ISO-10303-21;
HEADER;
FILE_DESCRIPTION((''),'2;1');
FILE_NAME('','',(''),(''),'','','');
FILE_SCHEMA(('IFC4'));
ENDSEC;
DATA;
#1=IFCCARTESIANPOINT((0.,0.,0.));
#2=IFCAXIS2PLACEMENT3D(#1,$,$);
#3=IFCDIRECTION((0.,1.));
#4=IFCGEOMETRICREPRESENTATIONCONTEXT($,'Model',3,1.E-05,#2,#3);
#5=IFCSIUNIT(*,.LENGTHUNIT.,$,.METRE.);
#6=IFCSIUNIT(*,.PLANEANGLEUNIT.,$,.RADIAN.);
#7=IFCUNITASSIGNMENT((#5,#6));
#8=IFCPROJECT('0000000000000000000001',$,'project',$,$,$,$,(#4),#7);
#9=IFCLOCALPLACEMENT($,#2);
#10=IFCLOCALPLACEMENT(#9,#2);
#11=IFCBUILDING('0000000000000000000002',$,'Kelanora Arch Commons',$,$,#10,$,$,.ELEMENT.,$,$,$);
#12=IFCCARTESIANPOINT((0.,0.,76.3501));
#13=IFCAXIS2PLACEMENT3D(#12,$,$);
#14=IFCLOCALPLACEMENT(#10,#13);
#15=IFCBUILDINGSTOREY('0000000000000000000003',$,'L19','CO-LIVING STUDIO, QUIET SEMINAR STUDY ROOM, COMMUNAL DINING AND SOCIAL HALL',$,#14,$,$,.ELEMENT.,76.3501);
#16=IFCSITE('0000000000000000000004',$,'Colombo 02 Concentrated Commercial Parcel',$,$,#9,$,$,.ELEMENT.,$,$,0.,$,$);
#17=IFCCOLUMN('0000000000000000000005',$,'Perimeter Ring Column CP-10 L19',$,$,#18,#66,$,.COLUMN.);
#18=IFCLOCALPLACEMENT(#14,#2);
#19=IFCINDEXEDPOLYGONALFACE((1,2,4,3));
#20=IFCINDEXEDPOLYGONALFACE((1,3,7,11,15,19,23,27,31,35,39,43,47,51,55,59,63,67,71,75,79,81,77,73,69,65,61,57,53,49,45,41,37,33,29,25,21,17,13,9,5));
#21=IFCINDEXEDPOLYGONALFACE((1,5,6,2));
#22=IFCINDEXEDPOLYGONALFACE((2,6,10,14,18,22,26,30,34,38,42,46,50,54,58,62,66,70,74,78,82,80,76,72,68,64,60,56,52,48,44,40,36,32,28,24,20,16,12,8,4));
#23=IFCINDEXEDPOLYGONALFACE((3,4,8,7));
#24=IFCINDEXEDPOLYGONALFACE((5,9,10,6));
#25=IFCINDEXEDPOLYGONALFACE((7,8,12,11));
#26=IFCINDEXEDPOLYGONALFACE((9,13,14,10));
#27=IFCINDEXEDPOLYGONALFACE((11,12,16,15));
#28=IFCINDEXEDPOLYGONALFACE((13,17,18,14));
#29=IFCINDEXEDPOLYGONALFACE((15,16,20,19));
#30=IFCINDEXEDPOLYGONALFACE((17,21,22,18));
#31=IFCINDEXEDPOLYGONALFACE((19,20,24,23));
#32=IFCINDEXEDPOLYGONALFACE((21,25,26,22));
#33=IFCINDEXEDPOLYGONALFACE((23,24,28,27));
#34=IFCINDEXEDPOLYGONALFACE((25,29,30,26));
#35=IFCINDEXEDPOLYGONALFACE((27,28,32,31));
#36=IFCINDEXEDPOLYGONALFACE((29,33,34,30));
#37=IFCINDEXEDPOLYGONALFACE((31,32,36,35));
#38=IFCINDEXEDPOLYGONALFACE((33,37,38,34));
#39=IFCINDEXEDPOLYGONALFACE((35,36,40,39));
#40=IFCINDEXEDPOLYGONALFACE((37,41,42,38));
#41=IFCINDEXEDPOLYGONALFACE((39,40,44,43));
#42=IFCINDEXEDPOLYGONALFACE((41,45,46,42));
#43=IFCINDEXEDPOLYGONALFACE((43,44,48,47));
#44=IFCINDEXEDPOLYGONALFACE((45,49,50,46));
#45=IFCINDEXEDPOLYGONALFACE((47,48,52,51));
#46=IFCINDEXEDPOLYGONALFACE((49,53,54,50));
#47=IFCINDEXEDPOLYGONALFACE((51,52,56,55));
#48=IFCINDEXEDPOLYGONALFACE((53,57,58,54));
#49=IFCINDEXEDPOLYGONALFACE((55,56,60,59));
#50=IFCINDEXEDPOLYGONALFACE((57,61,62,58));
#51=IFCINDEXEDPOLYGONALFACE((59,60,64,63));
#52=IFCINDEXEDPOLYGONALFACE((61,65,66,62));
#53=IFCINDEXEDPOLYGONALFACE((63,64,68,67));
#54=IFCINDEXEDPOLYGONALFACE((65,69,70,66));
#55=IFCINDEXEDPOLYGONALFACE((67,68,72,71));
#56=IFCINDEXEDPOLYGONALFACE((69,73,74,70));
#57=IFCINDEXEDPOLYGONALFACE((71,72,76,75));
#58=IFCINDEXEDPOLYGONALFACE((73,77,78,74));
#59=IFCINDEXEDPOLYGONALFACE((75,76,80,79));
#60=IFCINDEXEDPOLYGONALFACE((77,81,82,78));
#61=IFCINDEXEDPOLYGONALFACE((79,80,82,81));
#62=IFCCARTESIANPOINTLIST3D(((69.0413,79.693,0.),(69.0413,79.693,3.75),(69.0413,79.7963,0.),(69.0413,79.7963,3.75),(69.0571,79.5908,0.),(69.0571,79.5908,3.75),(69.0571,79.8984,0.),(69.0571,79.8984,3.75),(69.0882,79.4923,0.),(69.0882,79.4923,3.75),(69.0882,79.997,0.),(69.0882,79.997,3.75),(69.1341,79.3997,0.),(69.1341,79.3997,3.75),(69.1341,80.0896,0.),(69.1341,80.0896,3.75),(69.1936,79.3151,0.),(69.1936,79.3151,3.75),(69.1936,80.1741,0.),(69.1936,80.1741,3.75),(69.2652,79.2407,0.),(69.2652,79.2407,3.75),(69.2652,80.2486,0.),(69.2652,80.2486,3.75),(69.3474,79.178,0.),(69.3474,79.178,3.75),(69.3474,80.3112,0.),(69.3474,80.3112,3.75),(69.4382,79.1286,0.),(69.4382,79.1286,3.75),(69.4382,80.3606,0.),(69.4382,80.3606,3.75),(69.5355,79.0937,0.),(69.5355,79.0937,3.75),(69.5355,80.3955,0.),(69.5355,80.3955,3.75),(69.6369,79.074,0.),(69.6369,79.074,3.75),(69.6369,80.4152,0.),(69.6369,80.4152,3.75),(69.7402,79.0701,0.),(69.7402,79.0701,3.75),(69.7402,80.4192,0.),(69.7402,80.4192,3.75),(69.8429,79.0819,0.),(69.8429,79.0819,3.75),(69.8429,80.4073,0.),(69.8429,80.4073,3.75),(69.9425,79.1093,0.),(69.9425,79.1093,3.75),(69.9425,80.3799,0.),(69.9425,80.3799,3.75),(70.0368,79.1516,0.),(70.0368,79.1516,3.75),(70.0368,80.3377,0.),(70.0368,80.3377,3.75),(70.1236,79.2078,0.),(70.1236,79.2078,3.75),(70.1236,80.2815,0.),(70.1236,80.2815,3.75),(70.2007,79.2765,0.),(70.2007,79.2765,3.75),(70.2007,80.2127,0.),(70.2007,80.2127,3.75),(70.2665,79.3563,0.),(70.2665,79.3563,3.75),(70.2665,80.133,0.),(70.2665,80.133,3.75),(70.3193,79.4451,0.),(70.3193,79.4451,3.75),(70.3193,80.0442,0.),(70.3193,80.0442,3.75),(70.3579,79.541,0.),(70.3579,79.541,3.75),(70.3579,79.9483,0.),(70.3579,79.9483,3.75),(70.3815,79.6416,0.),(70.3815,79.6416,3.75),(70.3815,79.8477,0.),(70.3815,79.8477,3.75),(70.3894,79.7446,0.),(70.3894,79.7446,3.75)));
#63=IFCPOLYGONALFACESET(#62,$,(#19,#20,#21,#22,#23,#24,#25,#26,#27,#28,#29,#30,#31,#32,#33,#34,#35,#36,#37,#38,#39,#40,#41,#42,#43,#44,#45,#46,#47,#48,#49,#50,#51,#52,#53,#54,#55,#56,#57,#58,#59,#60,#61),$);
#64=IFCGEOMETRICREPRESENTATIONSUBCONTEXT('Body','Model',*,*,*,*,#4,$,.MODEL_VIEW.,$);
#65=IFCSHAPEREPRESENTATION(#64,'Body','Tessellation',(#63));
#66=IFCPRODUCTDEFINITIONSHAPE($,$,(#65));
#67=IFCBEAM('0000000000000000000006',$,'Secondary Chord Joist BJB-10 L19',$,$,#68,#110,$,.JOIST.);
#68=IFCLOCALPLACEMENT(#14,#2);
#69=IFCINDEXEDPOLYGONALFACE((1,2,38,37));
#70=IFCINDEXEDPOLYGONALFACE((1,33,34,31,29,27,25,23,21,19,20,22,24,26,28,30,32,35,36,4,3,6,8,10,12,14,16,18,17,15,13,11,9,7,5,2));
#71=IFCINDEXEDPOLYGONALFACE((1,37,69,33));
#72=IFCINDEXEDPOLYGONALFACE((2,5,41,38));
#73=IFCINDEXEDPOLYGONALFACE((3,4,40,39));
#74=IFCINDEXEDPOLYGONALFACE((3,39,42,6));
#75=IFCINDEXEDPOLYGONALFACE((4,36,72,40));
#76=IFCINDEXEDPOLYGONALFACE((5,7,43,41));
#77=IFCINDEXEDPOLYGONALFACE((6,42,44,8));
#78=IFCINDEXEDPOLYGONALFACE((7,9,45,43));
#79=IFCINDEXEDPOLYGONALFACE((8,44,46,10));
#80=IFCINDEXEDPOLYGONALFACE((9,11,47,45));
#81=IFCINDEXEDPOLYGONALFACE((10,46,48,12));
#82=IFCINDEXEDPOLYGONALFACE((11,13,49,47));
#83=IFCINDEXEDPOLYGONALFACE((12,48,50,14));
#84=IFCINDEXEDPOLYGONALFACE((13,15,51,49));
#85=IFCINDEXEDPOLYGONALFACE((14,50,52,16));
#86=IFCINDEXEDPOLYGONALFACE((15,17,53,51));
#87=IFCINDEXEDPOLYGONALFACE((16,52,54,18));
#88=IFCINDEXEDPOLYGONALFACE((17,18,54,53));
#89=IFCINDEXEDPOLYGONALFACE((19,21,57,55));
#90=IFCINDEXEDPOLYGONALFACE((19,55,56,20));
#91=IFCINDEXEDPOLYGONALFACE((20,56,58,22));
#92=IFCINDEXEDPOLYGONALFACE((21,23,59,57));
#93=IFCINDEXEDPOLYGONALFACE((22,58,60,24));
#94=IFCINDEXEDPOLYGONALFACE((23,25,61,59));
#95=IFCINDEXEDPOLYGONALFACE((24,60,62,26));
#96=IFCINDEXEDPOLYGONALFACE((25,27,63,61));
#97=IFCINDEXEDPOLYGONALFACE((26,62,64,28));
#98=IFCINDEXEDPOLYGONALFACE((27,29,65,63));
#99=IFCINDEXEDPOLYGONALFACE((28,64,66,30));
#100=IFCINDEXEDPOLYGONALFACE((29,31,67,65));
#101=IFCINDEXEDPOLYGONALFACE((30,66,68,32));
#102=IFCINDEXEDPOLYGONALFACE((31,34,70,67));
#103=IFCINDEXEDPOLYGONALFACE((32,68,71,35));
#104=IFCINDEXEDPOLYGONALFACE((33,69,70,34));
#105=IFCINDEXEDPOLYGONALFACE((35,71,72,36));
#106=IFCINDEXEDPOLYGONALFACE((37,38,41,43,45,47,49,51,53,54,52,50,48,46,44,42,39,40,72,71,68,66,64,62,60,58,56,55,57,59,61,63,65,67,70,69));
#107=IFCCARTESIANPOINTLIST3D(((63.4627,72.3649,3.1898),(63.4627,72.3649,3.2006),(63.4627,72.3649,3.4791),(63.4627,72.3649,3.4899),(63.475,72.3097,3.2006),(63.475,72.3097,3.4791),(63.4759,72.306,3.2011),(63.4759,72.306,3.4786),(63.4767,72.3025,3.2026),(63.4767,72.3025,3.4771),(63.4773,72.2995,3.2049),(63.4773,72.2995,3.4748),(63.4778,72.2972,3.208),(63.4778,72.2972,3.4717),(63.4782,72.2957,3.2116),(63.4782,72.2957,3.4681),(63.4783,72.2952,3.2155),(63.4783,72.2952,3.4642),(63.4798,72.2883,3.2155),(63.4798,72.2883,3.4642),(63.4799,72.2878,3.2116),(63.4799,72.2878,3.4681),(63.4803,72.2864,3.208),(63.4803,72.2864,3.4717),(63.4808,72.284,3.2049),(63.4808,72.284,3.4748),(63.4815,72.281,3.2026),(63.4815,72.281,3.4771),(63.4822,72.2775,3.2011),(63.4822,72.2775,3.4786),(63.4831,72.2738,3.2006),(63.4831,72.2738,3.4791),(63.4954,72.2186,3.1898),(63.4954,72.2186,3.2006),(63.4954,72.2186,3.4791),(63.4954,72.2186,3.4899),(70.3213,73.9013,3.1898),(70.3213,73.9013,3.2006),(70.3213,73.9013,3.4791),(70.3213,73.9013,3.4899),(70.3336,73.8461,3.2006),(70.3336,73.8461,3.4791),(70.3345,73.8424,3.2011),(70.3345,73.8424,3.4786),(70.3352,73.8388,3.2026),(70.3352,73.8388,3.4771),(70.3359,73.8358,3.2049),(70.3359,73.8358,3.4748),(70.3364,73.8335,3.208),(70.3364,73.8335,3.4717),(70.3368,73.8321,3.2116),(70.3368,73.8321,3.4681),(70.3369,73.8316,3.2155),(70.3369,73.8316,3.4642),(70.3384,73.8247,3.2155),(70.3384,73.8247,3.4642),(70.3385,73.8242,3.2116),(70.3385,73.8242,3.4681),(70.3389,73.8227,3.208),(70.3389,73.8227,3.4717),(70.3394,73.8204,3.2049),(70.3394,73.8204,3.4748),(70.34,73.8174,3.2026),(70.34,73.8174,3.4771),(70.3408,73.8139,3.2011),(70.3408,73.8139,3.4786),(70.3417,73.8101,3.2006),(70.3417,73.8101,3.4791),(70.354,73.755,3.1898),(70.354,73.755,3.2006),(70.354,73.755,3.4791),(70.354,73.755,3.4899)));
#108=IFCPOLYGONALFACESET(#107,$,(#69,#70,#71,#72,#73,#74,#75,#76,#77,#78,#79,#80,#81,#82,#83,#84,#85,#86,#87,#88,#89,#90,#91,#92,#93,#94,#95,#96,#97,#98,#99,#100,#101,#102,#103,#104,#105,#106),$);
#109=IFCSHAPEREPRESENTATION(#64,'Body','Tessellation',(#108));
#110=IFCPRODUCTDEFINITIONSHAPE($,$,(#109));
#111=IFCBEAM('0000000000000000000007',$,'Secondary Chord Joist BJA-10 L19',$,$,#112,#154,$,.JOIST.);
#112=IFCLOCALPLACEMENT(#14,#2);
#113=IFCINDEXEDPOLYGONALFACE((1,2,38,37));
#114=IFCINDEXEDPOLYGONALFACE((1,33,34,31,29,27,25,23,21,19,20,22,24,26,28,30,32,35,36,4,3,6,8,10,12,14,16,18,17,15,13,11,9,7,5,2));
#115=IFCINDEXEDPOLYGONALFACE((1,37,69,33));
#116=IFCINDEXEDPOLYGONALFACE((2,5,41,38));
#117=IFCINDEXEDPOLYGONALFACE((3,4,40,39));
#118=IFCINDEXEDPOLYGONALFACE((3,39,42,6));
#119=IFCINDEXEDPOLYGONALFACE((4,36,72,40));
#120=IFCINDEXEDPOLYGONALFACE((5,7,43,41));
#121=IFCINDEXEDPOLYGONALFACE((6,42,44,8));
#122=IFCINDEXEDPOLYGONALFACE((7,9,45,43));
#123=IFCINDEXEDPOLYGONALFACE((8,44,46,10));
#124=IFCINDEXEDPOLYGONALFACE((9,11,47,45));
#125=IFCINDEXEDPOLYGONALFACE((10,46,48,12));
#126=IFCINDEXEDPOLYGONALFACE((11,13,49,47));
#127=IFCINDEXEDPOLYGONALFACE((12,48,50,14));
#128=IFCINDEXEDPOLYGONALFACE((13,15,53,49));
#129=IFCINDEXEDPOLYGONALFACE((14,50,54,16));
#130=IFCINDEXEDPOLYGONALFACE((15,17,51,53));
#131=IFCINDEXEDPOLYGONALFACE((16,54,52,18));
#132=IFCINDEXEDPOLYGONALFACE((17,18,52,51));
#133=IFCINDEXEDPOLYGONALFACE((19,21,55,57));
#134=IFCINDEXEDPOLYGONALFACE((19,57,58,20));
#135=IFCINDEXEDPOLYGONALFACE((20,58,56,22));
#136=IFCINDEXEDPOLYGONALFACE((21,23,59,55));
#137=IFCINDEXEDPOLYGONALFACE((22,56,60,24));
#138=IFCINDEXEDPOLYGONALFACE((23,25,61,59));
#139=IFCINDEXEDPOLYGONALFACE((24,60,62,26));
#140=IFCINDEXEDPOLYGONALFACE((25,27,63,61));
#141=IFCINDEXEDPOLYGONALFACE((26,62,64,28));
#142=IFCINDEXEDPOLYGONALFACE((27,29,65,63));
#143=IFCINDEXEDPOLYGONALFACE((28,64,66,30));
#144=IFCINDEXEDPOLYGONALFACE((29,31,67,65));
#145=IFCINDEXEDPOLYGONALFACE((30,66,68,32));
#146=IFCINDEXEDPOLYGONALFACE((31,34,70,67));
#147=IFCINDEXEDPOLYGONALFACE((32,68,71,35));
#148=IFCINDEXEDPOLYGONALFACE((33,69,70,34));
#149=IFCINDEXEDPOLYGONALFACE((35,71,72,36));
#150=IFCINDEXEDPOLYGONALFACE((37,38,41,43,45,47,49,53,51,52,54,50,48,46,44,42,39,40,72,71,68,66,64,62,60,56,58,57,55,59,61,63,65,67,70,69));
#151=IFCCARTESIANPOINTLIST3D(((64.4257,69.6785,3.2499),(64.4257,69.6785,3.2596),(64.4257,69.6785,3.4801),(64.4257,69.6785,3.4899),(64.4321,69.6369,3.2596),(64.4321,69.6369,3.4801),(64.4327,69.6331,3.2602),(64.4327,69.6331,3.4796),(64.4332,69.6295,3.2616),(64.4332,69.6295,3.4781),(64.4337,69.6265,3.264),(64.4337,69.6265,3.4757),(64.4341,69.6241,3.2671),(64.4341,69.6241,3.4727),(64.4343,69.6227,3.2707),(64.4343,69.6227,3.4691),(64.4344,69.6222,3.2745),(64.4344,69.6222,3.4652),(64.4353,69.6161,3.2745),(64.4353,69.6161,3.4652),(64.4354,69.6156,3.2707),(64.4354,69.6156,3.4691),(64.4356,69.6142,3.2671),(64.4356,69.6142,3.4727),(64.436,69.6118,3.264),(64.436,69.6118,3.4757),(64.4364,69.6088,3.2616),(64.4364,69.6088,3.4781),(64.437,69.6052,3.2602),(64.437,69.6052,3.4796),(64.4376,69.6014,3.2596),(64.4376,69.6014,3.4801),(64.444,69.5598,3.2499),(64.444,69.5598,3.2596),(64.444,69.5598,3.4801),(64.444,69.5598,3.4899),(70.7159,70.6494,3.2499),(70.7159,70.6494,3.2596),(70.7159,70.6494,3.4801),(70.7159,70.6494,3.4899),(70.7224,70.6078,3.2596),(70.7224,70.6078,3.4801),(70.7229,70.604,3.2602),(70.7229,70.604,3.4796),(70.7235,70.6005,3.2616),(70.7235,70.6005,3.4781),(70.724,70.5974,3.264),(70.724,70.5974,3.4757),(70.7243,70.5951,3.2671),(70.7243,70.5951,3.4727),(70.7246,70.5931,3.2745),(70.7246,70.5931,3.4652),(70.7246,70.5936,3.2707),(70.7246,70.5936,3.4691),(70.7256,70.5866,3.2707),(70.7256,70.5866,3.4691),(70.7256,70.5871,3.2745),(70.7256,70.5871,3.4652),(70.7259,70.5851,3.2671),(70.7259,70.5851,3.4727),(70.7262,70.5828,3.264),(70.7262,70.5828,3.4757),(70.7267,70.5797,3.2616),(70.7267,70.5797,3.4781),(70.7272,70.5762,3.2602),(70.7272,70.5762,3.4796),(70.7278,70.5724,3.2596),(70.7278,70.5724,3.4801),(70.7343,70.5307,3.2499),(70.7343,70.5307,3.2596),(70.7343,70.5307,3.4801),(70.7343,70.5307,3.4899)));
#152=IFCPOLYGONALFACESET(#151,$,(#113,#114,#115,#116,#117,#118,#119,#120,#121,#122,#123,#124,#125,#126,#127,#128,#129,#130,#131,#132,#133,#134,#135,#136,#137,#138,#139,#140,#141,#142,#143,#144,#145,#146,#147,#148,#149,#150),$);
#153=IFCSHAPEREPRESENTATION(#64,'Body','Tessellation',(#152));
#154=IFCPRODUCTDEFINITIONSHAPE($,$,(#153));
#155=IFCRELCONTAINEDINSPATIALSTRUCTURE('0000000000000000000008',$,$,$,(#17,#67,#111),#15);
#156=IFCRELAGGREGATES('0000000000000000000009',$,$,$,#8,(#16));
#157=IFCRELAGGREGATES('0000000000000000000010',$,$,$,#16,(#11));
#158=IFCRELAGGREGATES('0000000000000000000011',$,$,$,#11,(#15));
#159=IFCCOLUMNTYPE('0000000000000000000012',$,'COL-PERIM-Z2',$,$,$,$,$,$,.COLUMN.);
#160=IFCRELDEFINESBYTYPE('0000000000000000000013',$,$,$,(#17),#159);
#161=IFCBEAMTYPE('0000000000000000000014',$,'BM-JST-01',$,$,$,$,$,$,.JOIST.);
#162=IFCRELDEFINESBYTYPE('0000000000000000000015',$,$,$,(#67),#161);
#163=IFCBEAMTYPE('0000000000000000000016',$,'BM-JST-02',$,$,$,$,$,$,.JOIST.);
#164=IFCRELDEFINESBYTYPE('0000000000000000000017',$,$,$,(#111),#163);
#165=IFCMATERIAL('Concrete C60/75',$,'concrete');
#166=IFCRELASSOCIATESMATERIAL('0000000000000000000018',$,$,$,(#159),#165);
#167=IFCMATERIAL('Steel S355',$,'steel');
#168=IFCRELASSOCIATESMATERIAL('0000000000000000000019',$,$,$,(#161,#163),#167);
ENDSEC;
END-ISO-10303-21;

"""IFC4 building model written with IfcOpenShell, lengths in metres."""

from ifc_helpers import new_model, si_unit, direction, frame, origin, origin_2d, place, context, subcontext, project, spatial, circle, i_section, extrude, material, material_profile, profile_set, type_object, element, save


model = new_model("IFC4")

# Units and contexts
model_context = context("Model", 3, precision=1e-05, world=origin(), true_north=direction((0.0, 1.0)))
body_context = subcontext(model_context, "Body", "Model", "MODEL_VIEW")
ifc_project = project(units=[si_unit("LENGTHUNIT", "METRE"), si_unit("PLANEANGLEUNIT", "RADIAN")], contexts=[model_context])

# Site, building, storey
site_placement = place(None, origin())
site = spatial("IfcSite", under=ifc_project, at=site_placement, Name="Colombo 02 Concentrated Commercial Parcel", CompositionType="ELEMENT", RefElevation=0.0)
building_placement = place(site_placement, origin())
building = spatial("IfcBuilding", under=site, at=building_placement, Name="Kelanora Arch Commons", CompositionType="ELEMENT")
storey_placement = place(building_placement, frame((0.0, 0.0, 76.3501)))
storey = spatial("IfcBuildingStorey", under=building, at=storey_placement, Name="L19", Description="CO-LIVING STUDIO, QUIET SEMINAR STUDY ROOM, COMMUNAL DINING AND SOCIAL HALL", CompositionType="ELEMENT", Elevation=76.3501)

# Column
ifc_material_1 = material(Name="Concrete C60/75", Category="concrete")
ifc_material_profile_1 = material_profile(ifc_material_1, circle(Radius=0.675, at=origin_2d()), Name="RCC1350")
ifc_profile_set_1 = profile_set([ifc_material_profile_1], Name="Concrete C60/75")
column_type = type_object("IfcColumnType", Name="COL-PERIM-Z2", PredefinedType="COLUMN", material=ifc_profile_set_1)
column_placement = place(storey_placement, frame((69.7144, 79.7446, 0.0), z_axis=(0.0, 0.0, 1.0), x_axis=(1.0, 0.0, 0.0)))
element("IfcColumn", 1, at=column_placement, inside=storey, type_object=column_type, Name="Perimeter Ring Column CP-10 L19", PredefinedType="COLUMN", context=body_context, shape_type="SweptSolid", body=[
    extrude(circle(Radius=0.675, at=origin_2d()), origin(), (0.0, 0.0, 1.0), 3.75),
])

# Beams
ifc_material_2 = material(Name="Steel S355", Category="steel")
ifc_material_profile_2 = material_profile(ifc_material_2, i_section(OverallWidth=0.1499, OverallDepth=0.3, WebThickness=0.0071, FlangeThickness=0.0107, FilletRadius=0.0149, at=origin_2d()), Name="IPE300")
ifc_profile_set_2 = profile_set([ifc_material_profile_2], Name="Steel S355")
beam_type_1 = type_object("IfcBeamType", Name="BM-JST-01", PredefinedType="JOIST", material=ifc_profile_set_2)
beam_1_placement = place(storey_placement, frame((70.3376, 73.8281, 3.3398), z_axis=(-0.975817, -0.218589, 0.0), x_axis=(0.218589, -0.975817, 0.0)))
element("IfcBeam", 2, at=beam_1_placement, inside=storey, type_object=beam_type_1, Name="Secondary Chord Joist BJB-10 L19", PredefinedType="JOIST", context=body_context, shape_type="SweptSolid", body=[
    extrude(i_section(OverallWidth=0.1499, OverallDepth=0.3, WebThickness=0.0071, FlangeThickness=0.0107, FilletRadius=0.0149, at=origin_2d()), origin(), (0.0, 0.0, 1.0), 7.0286),
])
ifc_material_profile_3 = material_profile(ifc_material_2, i_section(OverallWidth=0.1201, OverallDepth=0.24, WebThickness=0.0061, FlangeThickness=0.0098, FilletRadius=0.0149, at=origin_2d()), Name="IPE240")
ifc_profile_set_3 = profile_set([ifc_material_profile_3], Name="Steel S355")
beam_type_2 = type_object("IfcBeamType", Name="BM-JST-02", PredefinedType="JOIST", material=ifc_profile_set_3)
beam_2_placement = place(storey_placement, frame((70.7251, 70.5901, 3.3699), z_axis=(-0.988296, -0.15255, 0.0), x_axis=(0.15255, -0.988296, 0.0)))
element("IfcBeam", 3, at=beam_2_placement, inside=storey, type_object=beam_type_2, Name="Secondary Chord Joist BJA-10 L19", PredefinedType="JOIST", context=body_context, shape_type="SweptSolid", body=[
    extrude(i_section(OverallWidth=0.1201, OverallDepth=0.24, WebThickness=0.0061, FlangeThickness=0.0098, FilletRadius=0.0149, at=origin_2d()), origin(), (0.0, 0.0, 1.0), 6.3647),
])

save(model, "model.ifc")
